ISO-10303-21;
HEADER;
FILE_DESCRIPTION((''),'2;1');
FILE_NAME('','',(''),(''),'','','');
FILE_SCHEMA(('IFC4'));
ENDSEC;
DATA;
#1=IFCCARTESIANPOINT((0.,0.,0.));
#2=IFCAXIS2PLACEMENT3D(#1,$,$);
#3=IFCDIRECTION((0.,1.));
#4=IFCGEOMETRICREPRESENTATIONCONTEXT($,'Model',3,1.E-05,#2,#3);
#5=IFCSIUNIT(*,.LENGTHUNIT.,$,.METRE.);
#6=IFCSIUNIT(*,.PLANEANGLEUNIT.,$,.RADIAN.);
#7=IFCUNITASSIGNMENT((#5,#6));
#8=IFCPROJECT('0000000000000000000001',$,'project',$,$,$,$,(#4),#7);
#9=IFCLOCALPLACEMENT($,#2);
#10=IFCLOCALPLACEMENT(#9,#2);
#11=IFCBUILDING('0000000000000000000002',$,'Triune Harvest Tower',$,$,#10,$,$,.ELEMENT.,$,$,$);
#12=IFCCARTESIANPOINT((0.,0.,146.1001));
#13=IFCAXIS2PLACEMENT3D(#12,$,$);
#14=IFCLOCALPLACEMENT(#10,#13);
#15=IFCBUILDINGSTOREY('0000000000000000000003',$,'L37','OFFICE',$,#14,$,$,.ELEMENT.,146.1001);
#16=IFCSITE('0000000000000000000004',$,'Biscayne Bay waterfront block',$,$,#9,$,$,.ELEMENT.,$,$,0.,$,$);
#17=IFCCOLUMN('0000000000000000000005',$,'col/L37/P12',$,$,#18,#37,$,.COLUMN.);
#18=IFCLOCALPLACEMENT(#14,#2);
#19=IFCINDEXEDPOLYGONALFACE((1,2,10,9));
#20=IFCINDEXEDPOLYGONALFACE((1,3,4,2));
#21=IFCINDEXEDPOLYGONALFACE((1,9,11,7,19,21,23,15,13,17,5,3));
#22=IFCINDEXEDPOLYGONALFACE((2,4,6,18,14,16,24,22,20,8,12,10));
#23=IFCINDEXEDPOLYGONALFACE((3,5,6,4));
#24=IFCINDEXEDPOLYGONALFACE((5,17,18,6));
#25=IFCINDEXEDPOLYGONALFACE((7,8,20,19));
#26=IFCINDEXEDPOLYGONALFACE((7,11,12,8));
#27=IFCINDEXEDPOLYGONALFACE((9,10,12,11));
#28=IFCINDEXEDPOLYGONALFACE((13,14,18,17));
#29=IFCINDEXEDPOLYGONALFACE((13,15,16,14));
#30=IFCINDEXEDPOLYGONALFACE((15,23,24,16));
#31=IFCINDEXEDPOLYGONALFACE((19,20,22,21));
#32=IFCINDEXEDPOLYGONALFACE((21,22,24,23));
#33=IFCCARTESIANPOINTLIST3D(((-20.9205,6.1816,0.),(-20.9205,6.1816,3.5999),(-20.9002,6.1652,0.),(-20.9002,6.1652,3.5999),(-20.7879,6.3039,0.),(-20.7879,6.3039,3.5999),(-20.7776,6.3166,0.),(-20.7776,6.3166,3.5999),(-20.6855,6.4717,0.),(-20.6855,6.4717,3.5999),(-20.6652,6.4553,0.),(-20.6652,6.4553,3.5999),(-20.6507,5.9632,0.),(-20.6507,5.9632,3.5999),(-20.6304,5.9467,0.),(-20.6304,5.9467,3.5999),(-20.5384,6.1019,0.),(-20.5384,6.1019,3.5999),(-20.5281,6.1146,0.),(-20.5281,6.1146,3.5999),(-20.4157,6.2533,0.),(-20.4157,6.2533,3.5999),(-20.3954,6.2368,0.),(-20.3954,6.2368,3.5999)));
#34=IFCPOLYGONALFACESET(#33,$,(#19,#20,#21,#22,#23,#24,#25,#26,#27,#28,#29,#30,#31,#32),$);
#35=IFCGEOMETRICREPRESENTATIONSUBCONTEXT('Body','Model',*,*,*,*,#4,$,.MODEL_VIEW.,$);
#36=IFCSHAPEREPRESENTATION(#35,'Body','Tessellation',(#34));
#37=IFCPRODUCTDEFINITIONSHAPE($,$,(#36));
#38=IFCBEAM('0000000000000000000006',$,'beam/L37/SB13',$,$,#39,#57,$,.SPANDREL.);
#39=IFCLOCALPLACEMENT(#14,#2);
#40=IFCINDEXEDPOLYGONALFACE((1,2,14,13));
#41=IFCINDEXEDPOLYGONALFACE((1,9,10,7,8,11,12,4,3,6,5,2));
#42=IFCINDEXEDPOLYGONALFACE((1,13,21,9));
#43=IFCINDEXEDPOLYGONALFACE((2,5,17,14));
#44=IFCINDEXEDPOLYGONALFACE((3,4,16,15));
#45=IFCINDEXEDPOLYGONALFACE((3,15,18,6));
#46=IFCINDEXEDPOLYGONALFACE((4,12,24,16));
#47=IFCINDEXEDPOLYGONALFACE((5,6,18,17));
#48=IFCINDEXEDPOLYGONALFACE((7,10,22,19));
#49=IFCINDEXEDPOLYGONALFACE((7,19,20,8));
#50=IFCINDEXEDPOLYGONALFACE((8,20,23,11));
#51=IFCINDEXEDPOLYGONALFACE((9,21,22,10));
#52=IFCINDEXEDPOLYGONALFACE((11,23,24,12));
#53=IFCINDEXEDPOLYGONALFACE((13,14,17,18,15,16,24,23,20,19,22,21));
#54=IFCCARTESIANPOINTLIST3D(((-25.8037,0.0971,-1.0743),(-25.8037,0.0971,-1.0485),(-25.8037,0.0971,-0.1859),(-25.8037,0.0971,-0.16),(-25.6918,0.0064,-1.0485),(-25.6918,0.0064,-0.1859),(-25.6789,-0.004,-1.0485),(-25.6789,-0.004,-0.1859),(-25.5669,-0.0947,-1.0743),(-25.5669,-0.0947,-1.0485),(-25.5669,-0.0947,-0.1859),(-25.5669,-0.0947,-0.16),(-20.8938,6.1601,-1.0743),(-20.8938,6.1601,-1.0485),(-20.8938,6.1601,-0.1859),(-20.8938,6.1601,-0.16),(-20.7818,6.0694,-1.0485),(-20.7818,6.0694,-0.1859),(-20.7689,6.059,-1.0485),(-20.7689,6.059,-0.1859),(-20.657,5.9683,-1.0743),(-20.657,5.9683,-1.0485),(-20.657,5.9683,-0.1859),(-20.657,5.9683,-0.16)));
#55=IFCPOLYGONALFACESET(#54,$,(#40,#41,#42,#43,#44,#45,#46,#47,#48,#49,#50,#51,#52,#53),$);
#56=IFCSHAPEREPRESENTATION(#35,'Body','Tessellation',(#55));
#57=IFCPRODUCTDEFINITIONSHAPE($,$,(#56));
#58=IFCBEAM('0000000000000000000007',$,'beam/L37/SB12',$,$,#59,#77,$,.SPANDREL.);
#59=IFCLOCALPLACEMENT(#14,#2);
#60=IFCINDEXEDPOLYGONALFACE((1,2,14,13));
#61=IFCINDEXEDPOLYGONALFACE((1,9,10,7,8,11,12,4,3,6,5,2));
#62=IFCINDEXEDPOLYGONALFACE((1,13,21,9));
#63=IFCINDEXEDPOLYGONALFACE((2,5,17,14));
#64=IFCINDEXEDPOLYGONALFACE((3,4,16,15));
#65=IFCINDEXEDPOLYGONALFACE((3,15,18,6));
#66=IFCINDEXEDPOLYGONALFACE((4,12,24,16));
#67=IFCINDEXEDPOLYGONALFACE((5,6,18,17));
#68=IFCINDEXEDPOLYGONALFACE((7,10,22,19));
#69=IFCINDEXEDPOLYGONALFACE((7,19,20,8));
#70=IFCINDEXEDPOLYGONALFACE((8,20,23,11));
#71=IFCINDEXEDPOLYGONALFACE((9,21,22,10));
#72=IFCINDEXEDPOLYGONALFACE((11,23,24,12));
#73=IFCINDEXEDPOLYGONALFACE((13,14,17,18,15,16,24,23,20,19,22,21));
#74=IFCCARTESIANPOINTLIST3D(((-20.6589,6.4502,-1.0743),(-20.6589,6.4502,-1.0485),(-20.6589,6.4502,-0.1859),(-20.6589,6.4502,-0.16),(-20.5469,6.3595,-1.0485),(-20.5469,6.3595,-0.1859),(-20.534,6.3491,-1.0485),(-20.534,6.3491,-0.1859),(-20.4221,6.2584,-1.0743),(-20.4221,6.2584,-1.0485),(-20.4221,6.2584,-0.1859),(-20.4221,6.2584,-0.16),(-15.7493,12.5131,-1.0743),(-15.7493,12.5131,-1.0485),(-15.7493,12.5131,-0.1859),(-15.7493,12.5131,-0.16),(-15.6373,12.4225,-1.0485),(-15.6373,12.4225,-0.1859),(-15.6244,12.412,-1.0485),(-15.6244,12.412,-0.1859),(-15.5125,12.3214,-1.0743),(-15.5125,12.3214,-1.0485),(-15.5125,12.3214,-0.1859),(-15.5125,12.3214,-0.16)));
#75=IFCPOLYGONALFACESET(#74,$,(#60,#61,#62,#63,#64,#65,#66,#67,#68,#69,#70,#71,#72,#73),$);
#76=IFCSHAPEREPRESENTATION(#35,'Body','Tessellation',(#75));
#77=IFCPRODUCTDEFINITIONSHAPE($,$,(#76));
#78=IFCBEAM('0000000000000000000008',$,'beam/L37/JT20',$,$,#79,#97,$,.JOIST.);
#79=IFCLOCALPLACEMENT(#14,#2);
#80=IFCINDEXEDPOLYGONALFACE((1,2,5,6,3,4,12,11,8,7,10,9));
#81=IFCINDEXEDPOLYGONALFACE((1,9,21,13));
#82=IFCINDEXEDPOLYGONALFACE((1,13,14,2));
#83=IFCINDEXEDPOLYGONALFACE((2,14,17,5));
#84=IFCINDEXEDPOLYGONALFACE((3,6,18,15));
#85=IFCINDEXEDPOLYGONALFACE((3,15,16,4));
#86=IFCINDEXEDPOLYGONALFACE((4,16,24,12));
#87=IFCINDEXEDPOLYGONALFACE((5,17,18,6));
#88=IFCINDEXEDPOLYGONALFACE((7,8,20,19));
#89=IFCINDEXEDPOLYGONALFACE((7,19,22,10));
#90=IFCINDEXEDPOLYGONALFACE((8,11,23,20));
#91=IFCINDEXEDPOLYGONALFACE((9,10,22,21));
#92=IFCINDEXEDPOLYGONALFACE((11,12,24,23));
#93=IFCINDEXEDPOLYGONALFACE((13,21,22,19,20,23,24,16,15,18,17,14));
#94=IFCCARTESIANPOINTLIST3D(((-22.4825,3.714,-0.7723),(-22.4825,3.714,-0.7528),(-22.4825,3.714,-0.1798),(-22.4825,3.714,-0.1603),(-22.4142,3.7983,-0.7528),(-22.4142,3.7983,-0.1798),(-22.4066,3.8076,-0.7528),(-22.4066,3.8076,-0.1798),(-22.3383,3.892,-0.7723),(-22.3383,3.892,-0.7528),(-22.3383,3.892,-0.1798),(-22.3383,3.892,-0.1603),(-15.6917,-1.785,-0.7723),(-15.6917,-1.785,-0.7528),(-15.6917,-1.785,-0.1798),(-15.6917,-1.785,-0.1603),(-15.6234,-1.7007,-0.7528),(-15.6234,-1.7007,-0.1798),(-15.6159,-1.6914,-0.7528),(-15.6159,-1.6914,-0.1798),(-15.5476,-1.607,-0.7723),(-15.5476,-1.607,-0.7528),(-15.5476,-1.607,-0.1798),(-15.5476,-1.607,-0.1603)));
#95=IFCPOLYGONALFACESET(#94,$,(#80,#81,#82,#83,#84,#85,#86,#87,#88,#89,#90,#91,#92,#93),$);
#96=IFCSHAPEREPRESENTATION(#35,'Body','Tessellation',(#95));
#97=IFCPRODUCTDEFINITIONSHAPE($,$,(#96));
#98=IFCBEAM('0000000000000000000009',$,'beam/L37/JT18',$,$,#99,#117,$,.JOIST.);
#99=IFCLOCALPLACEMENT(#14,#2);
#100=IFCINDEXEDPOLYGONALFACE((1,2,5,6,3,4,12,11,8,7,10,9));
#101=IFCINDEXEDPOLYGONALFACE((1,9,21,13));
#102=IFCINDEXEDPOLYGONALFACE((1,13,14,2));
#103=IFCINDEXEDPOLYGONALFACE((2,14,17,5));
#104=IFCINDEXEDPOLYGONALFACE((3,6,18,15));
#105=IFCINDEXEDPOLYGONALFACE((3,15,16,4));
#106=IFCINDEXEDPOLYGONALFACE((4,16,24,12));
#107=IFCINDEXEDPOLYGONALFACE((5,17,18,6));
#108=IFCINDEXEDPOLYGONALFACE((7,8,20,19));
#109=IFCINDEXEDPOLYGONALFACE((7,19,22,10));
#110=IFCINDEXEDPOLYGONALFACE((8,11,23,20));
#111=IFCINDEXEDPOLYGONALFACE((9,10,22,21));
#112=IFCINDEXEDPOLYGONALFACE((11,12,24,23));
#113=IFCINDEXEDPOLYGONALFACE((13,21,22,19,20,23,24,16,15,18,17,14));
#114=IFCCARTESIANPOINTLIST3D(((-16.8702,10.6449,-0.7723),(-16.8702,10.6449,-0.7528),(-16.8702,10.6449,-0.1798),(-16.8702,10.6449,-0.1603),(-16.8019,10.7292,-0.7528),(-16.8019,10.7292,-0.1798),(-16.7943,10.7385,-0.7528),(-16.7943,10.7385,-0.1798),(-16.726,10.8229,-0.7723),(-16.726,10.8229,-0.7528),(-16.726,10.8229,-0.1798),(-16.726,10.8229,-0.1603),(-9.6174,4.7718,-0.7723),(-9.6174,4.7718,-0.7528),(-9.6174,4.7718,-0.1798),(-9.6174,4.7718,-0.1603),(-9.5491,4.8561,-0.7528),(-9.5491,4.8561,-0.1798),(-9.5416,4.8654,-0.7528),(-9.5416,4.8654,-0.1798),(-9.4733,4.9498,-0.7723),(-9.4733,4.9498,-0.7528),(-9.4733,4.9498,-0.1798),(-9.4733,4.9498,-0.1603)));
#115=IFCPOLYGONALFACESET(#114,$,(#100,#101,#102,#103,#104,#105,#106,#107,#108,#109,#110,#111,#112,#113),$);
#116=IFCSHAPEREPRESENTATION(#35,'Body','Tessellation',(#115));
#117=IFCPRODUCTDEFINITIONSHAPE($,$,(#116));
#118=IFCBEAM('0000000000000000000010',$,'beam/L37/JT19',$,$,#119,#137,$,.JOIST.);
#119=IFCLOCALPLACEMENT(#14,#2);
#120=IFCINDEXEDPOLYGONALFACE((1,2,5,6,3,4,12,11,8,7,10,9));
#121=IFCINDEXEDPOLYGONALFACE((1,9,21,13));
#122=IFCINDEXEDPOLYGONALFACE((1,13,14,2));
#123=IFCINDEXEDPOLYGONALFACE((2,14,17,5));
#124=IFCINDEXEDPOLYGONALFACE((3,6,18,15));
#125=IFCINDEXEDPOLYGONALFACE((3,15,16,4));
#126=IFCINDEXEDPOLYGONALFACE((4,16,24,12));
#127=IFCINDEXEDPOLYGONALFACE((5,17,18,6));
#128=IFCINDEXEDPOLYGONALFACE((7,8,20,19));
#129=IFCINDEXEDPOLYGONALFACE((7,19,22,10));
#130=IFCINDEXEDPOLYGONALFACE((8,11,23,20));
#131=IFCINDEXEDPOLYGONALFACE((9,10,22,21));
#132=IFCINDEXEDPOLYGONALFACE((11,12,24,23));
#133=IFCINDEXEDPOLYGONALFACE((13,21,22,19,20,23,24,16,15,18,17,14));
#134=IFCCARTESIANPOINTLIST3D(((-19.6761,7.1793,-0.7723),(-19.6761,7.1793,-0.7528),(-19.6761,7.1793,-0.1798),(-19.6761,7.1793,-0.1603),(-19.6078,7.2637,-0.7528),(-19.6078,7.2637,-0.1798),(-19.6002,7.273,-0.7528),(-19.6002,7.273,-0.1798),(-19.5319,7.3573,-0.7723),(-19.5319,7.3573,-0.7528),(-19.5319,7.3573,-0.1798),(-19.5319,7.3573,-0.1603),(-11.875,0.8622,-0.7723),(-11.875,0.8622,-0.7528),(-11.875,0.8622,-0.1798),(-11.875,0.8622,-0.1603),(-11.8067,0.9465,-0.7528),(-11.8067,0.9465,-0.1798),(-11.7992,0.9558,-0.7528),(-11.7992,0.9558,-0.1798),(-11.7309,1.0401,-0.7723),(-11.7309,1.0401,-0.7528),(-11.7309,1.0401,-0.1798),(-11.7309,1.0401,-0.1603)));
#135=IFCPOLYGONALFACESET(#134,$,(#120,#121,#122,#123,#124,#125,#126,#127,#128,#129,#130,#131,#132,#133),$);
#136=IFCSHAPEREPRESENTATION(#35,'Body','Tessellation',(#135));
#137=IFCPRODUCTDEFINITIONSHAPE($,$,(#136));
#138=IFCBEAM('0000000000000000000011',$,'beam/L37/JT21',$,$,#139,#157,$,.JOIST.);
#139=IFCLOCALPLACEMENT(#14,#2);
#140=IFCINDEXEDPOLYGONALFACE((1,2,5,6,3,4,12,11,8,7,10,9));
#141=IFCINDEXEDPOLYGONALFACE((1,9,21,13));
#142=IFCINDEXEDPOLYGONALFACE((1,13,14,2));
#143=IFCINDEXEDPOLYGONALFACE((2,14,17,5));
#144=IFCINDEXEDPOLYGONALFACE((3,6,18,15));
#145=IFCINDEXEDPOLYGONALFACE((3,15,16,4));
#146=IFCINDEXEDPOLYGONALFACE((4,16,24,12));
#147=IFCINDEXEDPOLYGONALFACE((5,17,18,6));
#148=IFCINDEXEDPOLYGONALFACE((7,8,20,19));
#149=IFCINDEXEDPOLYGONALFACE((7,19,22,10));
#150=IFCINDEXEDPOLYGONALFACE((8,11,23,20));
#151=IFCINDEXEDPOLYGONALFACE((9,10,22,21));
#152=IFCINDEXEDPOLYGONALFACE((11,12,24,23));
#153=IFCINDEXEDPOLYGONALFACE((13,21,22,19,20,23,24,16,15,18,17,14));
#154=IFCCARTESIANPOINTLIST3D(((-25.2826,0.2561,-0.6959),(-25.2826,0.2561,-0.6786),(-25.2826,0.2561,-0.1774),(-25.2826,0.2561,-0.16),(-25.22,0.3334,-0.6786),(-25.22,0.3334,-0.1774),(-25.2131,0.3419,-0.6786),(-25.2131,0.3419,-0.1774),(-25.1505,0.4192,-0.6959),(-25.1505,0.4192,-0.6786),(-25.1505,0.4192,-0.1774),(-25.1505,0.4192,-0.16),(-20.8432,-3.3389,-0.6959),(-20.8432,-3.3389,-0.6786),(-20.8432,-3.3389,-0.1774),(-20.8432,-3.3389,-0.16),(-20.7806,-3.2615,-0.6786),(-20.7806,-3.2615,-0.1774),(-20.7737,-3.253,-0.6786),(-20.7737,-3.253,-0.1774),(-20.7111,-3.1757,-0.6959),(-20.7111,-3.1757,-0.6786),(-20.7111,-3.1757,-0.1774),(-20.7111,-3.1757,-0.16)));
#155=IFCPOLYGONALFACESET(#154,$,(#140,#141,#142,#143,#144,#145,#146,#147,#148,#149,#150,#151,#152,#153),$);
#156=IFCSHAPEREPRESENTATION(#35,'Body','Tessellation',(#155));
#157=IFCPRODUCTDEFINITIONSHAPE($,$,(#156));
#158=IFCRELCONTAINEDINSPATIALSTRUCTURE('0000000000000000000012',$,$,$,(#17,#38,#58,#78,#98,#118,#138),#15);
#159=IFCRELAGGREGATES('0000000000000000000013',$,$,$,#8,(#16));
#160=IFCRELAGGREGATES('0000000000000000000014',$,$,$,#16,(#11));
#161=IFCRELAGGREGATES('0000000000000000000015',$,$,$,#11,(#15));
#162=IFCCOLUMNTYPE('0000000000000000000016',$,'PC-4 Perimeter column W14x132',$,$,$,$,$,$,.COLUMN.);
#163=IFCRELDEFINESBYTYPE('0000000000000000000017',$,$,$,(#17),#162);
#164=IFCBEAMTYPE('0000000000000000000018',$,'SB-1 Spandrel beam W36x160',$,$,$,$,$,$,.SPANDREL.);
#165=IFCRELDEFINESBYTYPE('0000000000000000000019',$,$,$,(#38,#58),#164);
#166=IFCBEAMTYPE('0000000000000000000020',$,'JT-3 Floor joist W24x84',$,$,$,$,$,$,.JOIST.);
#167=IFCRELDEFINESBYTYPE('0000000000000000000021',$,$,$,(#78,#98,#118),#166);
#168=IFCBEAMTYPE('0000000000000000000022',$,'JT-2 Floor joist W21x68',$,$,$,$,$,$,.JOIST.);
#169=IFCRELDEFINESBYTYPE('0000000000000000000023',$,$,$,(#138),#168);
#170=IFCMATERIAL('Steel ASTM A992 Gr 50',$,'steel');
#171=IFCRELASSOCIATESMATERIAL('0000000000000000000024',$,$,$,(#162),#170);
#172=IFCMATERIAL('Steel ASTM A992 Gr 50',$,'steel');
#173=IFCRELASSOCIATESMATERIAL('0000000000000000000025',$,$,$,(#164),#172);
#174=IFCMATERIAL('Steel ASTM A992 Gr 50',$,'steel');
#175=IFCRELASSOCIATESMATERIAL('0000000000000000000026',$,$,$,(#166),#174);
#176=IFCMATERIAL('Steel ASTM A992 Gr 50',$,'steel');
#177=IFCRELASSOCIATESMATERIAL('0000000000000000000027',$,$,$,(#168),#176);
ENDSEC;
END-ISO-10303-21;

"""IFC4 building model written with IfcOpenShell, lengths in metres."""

from ifc_helpers import new_model, si_unit, direction, frame, origin, origin_2d, place, context, subcontext, project, spatial, i_section, extrude, source, transform, mapped, material, material_profile, profile_set, type_object, element, save


model = new_model("IFC4")

# Units and contexts
model_context = context("Model", 3, precision=1e-05, world=origin(), true_north=direction((0.0, 1.0)))
body_context = subcontext(model_context, "Body", "Model", "MODEL_VIEW")
ifc_project = project(units=[si_unit("LENGTHUNIT", "METRE"), si_unit("PLANEANGLEUNIT", "RADIAN")], contexts=[model_context])

# Site, building, storey
site_placement = place(None, origin())
site = spatial("IfcSite", under=ifc_project, at=site_placement, Name="Biscayne Bay waterfront block", CompositionType="ELEMENT", RefElevation=0.0)
building_placement = place(site_placement, origin())
building = spatial("IfcBuilding", under=site, at=building_placement, Name="Triune Harvest Tower", CompositionType="ELEMENT")
storey_placement = place(building_placement, frame((0.0, 0.0, 146.1001)))
storey = spatial("IfcBuildingStorey", under=building, at=storey_placement, Name="L37", Description="OFFICE", CompositionType="ELEMENT", Elevation=146.1001)

# Column
ifc_material_1 = material(Name="Steel ASTM A992 Gr 50", Category="steel")
ifc_material_profile_1 = material_profile(ifc_material_1, i_section(OverallWidth=0.3733, OverallDepth=0.3733, WebThickness=0.0164, FlangeThickness=0.0261, at=origin_2d()), Name="W14x132")
ifc_profile_set_1 = profile_set([ifc_material_profile_1], Name="Steel ASTM A992 Gr 50")
column_type = type_object("IfcColumnType", Name="PC-4 Perimeter column W14x132", PredefinedType="COLUMN", material=ifc_profile_set_1)
shared_shape_1 = source(origin(), body_context, "Body", "SweptSolid", [
    extrude(i_section(OverallWidth=0.3733, OverallDepth=0.3733, WebThickness=0.0164, FlangeThickness=0.0261, at=origin_2d()), origin(), (0.0, 0.0, 1.0), 3.5999),
])
column_placement = place(storey_placement, frame((-20.658, 6.2092, 0.0), z_axis=(0.0, 0.0, 1.0), x_axis=(-0.629322, -0.777145, 0.0)))
element("IfcColumn", 1, at=column_placement, inside=storey, type_object=column_type, Name="col/L37/P12", PredefinedType="COLUMN", context=body_context, shape_type="MappedRepresentation", body=[
    mapped(shared_shape_1, transform((0.0, 0.0, 0.0), scale=1.0)),
])

# Beams
ifc_material_2 = material(Name="Steel ASTM A992 Gr 50", Category="steel")
ifc_material_profile_2 = material_profile(ifc_material_2, i_section(OverallWidth=0.3047, OverallDepth=0.9143, WebThickness=0.0166, FlangeThickness=0.0259, at=origin_2d()), Name="W36x160")
ifc_profile_set_2 = profile_set([ifc_material_profile_2], Name="Steel ASTM A992 Gr 50")
beam_type_1 = type_object("IfcBeamType", Name="SB-1 Spandrel beam W36x160", PredefinedType="SPANDREL", material=ifc_profile_set_2)
shared_shape_2 = source(origin(), body_context, "Body", "SweptSolid", [
    extrude(i_section(OverallWidth=0.3047, OverallDepth=0.9143, WebThickness=0.0166, FlangeThickness=0.0259, at=origin_2d()), origin(), (0.0, 0.0, 1.0), 7.8018),
])
beam_1_placement = place(storey_placement, frame((-20.7754, 6.0642, -0.6172), z_axis=(-0.629336, -0.777133, 0.0), x_axis=(0.777133, -0.629336, 0.0)))
element("IfcBeam", 2, at=beam_1_placement, inside=storey, type_object=beam_type_1, Name="beam/L37/SB13", PredefinedType="SPANDREL", context=body_context, shape_type="MappedRepresentation", body=[
    mapped(shared_shape_2, transform((0.0, 0.0, 0.0), scale=1.0)),
])
shared_shape_3 = source(origin(), body_context, "Body", "SweptSolid", [
    extrude(i_section(OverallWidth=0.3047, OverallDepth=0.9143, WebThickness=0.0166, FlangeThickness=0.0259, at=origin_2d()), origin(), (0.0, 0.0, 1.0), 7.8015),
])
beam_2_placement = place(storey_placement, frame((-15.6309, 12.4172, -0.6172), z_axis=(-0.629317, -0.777149, 0.0), x_axis=(0.777149, -0.629317, 0.0)))
element("IfcBeam", 3, at=beam_2_placement, inside=storey, type_object=beam_type_1, Name="beam/L37/SB12", PredefinedType="SPANDREL", context=body_context, shape_type="MappedRepresentation", body=[
    mapped(shared_shape_3, transform((0.0, 0.0, 0.0), scale=1.0)),
])
ifc_material_3 = material(Name="Steel ASTM A992 Gr 50", Category="steel")
ifc_material_profile_3 = material_profile(ifc_material_3, i_section(OverallWidth=0.229, OverallDepth=0.6121, WebThickness=0.012, FlangeThickness=0.0195, at=origin_2d()), Name="W24x84")
ifc_profile_set_3 = profile_set([ifc_material_profile_3], Name="Steel ASTM A992 Gr 50")
beam_type_2 = type_object("IfcBeamType", Name="JT-3 Floor joist W24x84", PredefinedType="JOIST", material=ifc_profile_set_3)
shared_shape_4 = source(origin(), body_context, "Body", "SweptSolid", [
    extrude(i_section(OverallWidth=0.229, OverallDepth=0.6121, WebThickness=0.012, FlangeThickness=0.0195, at=origin_2d()), origin(), (0.0, 0.0, 1.0), 8.738),
])
beam_3_placement = place(storey_placement, frame((-22.4104, 3.803, -0.4663), z_axis=(0.777148, -0.629318, 0.0), x_axis=(0.629318, 0.777148, 0.0)))
element("IfcBeam", 4, at=beam_3_placement, inside=storey, type_object=beam_type_2, Name="beam/L37/JT20", PredefinedType="JOIST", context=body_context, shape_type="MappedRepresentation", body=[
    mapped(shared_shape_4, transform((0.0, 0.0, 0.0), scale=1.0)),
])
shared_shape_5 = source(origin(), body_context, "Body", "SweptSolid", [
    extrude(i_section(OverallWidth=0.229, OverallDepth=0.6121, WebThickness=0.012, FlangeThickness=0.0195, at=origin_2d()), origin(), (0.0, 0.0, 1.0), 9.3325),
])
beam_4_placement = place(storey_placement, frame((-16.7981, 10.7339, -0.4663), z_axis=(0.777149, -0.629316, 0.0), x_axis=(0.629316, 0.777149, 0.0)))
element("IfcBeam", 5, at=beam_4_placement, inside=storey, type_object=beam_type_2, Name="beam/L37/JT18", PredefinedType="JOIST", context=body_context, shape_type="MappedRepresentation", body=[
    mapped(shared_shape_5, transform((0.0, 0.0, 0.0), scale=1.0)),
])
shared_shape_6 = source(origin(), body_context, "Body", "SweptSolid", [
    extrude(i_section(OverallWidth=0.229, OverallDepth=0.6121, WebThickness=0.012, FlangeThickness=0.0195, at=origin_2d()), origin(), (0.0, 0.0, 1.0), 10.0381),
])
beam_5_placement = place(storey_placement, frame((-19.604, 7.2683, -0.4663), z_axis=(0.777146, -0.62932, 0.0), x_axis=(0.62932, 0.777146, 0.0)))
element("IfcBeam", 6, at=beam_5_placement, inside=storey, type_object=beam_type_2, Name="beam/L37/JT19", PredefinedType="JOIST", context=body_context, shape_type="MappedRepresentation", body=[
    mapped(shared_shape_6, transform((0.0, 0.0, 0.0), scale=1.0)),
])
ifc_material_4 = material(Name="Steel ASTM A992 Gr 50", Category="steel")
ifc_material_profile_4 = material_profile(ifc_material_4, i_section(OverallWidth=0.21, OverallDepth=0.5359, WebThickness=0.011, FlangeThickness=0.0173, at=origin_2d()), Name="W21x68")
ifc_profile_set_4 = profile_set([ifc_material_profile_4], Name="Steel ASTM A992 Gr 50")
beam_type_3 = type_object("IfcBeamType", Name="JT-2 Floor joist W21x68", PredefinedType="JOIST", material=ifc_profile_set_4)
shared_shape_7 = source(origin(), body_context, "Body", "SweptSolid", [
    extrude(i_section(OverallWidth=0.21, OverallDepth=0.5359, WebThickness=0.011, FlangeThickness=0.0173, at=origin_2d()), origin(), (0.0, 0.0, 1.0), 5.7124),
])
beam_6_placement = place(storey_placement, frame((-25.2166, 0.3376, -0.428), z_axis=(0.777148, -0.629317, 0.0), x_axis=(0.629317, 0.777148, 0.0)))
element("IfcBeam", 7, at=beam_6_placement, inside=storey, type_object=beam_type_3, Name="beam/L37/JT21", PredefinedType="JOIST", context=body_context, shape_type="MappedRepresentation", body=[
    mapped(shared_shape_7, transform((0.0, 0.0, 0.0), scale=1.0)),
])

save(model, "model.ifc")
